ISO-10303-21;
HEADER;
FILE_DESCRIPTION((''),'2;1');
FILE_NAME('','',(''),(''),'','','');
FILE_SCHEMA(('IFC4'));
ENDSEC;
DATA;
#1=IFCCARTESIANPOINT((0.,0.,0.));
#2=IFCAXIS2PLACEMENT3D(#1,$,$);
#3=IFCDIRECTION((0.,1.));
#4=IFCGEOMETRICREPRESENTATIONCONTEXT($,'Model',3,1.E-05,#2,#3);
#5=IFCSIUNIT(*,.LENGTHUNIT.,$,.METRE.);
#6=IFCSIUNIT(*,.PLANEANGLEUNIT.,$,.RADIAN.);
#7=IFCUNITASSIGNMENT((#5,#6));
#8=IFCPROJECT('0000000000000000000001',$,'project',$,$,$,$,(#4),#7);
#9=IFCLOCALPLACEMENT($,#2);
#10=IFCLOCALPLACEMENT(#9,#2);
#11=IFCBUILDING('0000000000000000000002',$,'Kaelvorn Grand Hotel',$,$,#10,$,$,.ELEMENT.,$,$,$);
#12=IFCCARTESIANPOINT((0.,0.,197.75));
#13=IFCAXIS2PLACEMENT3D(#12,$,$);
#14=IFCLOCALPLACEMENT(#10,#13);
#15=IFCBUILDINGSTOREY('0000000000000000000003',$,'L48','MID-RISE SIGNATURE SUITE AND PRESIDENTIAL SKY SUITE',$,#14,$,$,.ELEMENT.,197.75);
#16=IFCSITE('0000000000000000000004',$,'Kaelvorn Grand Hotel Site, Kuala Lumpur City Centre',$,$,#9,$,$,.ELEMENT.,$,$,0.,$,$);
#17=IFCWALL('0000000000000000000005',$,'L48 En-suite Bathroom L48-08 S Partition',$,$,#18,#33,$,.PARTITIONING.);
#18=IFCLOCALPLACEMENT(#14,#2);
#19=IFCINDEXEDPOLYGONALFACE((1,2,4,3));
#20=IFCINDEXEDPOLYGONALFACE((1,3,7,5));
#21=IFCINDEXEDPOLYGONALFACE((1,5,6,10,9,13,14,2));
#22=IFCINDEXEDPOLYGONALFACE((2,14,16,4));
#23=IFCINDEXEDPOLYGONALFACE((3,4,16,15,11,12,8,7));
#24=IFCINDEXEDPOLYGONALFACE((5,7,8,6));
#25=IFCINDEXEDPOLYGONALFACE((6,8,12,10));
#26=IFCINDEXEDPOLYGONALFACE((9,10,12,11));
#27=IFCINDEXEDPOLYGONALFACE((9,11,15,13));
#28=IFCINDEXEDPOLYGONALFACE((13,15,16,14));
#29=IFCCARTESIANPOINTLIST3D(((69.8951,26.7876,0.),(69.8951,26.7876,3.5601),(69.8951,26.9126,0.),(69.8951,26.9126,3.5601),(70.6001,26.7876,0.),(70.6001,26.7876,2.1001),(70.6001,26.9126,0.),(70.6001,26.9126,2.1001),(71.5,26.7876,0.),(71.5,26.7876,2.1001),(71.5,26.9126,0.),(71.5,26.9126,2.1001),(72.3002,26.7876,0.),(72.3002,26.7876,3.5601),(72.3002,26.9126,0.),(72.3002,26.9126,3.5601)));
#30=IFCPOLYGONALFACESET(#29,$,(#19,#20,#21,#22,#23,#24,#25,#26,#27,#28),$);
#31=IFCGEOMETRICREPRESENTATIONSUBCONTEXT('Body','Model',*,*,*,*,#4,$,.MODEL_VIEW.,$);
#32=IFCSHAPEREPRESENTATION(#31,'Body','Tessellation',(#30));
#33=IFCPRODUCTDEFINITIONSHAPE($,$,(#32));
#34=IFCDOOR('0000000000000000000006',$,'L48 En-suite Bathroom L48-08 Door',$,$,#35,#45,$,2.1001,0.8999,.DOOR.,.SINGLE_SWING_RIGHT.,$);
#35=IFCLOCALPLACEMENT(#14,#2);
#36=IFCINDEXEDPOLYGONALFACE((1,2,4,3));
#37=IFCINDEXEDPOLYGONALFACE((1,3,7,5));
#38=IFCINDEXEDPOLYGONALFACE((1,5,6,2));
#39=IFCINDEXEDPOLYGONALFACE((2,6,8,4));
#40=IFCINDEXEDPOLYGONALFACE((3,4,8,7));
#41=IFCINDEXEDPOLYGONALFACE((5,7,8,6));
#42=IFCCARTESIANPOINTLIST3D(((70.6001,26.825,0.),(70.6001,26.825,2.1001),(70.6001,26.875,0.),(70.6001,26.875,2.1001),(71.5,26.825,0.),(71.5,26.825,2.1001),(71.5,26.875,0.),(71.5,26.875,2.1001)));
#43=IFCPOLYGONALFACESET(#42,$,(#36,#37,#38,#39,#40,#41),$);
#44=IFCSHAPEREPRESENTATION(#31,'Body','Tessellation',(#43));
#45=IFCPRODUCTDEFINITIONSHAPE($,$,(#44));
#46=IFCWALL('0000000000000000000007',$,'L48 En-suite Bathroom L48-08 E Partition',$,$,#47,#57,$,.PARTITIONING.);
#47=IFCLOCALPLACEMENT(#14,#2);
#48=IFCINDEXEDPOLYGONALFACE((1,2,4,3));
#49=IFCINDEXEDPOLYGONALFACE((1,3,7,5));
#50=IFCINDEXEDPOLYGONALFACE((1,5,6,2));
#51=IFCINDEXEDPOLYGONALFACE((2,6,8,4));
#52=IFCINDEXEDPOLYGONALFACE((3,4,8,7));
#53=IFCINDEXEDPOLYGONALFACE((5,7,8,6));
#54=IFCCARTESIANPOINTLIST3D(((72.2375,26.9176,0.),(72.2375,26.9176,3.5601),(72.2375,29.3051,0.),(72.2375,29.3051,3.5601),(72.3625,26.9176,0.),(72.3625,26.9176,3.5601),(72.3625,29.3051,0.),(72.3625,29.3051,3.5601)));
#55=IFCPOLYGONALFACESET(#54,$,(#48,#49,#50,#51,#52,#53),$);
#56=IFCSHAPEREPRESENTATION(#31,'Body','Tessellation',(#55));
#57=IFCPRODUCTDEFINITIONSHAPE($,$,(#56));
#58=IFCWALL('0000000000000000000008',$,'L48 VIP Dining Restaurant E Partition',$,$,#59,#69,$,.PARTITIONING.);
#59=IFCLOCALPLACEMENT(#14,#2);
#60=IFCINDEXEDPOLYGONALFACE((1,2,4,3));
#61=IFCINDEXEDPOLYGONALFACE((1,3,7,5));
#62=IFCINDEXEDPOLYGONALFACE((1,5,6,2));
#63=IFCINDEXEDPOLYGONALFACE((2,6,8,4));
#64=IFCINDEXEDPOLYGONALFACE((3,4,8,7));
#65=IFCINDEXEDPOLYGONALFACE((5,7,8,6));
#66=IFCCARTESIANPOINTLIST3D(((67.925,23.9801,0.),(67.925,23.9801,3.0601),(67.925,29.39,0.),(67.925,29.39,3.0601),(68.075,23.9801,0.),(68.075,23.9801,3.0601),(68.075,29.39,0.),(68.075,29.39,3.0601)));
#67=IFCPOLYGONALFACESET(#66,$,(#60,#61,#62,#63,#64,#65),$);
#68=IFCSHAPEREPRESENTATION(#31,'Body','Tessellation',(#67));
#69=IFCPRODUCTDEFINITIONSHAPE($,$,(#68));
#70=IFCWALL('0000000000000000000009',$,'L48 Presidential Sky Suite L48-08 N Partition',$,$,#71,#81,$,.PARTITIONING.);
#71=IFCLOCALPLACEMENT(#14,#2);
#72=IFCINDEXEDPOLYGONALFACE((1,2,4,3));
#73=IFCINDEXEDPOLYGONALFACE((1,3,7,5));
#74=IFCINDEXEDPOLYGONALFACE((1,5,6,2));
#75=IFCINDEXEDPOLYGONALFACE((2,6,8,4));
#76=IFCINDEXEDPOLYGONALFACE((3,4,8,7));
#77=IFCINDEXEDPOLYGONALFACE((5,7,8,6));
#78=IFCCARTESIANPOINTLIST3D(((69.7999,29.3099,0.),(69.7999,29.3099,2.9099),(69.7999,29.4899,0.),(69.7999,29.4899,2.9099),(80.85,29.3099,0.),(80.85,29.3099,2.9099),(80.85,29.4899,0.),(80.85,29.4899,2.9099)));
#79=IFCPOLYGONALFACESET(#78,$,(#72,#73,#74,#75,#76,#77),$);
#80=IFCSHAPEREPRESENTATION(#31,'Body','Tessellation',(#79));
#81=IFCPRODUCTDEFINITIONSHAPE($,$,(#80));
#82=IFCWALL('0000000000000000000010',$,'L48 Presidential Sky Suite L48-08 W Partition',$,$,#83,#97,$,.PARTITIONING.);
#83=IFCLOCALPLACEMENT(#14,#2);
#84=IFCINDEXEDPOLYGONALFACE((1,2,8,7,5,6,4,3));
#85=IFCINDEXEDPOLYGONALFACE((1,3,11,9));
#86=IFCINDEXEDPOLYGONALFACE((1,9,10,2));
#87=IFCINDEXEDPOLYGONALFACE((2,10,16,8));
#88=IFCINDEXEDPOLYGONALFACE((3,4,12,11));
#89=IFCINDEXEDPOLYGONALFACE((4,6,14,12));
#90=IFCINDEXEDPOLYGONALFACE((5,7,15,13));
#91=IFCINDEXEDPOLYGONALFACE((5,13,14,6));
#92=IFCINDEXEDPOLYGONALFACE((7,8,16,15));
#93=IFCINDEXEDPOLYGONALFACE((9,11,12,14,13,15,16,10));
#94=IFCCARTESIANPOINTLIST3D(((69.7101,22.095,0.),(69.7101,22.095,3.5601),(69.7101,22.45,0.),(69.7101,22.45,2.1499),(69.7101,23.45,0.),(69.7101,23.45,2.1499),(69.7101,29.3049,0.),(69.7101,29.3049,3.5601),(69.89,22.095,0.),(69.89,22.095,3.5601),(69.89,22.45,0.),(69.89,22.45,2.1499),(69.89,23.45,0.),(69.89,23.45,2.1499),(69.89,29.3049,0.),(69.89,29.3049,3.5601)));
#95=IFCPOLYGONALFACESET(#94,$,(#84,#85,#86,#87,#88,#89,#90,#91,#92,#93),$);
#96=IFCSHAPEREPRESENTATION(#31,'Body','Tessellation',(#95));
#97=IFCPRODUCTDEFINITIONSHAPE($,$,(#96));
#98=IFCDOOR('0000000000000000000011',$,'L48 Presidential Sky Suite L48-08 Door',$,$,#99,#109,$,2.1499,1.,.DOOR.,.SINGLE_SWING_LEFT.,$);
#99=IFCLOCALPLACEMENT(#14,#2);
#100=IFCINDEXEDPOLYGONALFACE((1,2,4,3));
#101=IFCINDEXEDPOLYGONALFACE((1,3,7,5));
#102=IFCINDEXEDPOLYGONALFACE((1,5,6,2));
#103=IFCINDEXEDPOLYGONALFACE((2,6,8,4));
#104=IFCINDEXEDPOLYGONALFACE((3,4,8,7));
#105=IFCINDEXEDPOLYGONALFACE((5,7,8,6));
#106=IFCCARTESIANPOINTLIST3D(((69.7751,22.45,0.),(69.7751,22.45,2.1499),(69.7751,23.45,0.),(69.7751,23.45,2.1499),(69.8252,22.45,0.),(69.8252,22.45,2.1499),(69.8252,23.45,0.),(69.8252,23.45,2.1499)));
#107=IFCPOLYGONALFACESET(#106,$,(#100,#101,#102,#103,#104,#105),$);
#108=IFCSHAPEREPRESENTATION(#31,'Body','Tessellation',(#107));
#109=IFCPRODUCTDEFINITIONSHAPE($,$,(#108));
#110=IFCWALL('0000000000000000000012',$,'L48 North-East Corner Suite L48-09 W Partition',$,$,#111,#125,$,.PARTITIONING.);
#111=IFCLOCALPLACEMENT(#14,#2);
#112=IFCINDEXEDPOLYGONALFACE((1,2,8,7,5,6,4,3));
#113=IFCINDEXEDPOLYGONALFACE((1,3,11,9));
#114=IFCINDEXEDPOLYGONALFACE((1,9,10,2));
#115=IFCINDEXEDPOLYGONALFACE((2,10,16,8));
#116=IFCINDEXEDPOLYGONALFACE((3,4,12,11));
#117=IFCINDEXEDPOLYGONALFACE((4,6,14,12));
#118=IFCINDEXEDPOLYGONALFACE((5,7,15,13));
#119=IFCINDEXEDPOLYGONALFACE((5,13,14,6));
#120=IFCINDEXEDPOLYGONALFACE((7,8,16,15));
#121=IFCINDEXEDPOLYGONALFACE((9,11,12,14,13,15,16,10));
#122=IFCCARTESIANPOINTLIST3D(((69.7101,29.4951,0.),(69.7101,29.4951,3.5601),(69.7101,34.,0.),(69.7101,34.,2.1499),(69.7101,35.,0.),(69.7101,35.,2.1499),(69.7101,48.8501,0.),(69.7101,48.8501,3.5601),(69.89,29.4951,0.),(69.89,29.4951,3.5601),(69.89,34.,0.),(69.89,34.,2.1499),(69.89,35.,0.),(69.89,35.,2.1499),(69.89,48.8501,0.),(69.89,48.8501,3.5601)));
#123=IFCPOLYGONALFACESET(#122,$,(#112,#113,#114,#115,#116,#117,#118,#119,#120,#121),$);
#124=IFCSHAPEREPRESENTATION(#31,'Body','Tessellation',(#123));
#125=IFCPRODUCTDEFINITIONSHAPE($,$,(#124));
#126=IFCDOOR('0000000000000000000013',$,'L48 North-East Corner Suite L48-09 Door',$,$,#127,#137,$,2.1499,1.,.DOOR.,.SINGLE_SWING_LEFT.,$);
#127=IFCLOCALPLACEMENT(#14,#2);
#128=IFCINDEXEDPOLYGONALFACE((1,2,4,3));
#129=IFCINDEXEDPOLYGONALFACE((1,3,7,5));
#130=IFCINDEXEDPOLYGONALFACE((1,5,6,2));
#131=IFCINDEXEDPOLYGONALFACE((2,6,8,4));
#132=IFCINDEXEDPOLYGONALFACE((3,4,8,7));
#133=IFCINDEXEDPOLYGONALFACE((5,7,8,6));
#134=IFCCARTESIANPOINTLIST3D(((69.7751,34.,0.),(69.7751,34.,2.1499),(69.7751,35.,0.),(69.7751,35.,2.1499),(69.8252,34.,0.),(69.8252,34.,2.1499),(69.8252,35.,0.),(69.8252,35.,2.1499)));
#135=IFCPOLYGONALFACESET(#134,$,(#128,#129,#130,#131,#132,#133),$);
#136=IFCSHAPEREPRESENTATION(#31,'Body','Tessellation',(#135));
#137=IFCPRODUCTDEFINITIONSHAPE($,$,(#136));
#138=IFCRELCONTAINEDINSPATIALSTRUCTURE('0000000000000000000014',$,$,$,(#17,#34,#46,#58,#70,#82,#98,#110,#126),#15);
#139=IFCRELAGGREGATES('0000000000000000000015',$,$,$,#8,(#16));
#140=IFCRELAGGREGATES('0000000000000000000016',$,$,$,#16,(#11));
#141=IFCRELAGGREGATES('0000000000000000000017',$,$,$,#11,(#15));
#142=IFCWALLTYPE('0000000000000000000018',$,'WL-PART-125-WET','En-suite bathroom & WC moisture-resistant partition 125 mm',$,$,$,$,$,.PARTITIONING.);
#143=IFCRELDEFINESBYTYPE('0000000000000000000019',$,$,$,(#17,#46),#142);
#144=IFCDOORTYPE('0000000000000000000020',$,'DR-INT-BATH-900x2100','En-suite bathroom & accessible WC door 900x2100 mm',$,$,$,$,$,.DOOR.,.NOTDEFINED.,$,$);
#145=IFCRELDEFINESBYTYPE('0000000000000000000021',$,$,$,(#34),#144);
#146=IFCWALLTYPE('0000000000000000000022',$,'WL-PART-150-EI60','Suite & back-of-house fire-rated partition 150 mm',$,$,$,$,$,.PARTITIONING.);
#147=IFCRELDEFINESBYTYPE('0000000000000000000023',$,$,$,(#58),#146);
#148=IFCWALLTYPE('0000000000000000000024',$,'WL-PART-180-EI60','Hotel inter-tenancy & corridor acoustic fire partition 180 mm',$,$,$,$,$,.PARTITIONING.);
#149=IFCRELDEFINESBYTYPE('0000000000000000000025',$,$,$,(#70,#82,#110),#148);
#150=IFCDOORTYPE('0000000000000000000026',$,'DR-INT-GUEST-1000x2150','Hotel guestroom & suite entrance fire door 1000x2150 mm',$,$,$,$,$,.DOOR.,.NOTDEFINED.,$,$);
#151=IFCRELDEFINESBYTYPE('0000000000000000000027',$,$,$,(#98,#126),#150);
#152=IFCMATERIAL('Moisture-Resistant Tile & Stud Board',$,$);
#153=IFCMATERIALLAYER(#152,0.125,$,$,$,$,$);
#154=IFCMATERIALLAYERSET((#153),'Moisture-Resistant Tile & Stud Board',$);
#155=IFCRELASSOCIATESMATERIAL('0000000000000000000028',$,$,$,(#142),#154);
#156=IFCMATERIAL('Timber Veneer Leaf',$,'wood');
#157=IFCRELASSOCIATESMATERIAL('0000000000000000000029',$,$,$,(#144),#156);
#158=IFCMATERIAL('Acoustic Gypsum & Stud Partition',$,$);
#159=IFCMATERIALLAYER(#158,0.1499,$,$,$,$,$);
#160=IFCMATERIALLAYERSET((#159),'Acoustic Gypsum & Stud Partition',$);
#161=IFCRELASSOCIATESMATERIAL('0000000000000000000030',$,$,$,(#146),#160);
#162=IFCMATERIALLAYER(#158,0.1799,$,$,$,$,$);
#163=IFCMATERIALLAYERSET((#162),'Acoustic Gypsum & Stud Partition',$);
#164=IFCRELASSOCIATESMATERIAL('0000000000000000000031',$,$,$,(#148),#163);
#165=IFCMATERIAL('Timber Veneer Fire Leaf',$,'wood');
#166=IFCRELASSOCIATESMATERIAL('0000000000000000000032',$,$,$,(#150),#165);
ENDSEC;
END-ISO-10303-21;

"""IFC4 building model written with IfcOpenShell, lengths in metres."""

from ifc_helpers import new_model, si_unit, direction, frame, frame_2d, origin, place, context, subcontext, project, spatial, rectangle, extrude, material, layer, layer_set, type_object, element, fill, save


model = new_model("IFC4")

# Units and contexts
model_context = context("Model", 3, precision=1e-05, world=origin(), true_north=direction((0.0, 1.0)))
body_context = subcontext(model_context, "Body", "Model", "MODEL_VIEW")
ifc_project = project(units=[si_unit("LENGTHUNIT", "METRE"), si_unit("PLANEANGLEUNIT", "RADIAN")], contexts=[model_context])

# Site, building, storey
site_placement = place(None, origin())
site = spatial("IfcSite", under=ifc_project, at=site_placement, Name="Kaelvorn Grand Hotel Site, Kuala Lumpur City Centre", CompositionType="ELEMENT", RefElevation=0.0)
building_placement = place(site_placement, origin())
building = spatial("IfcBuilding", under=site, at=building_placement, Name="Kaelvorn Grand Hotel", CompositionType="ELEMENT")
storey_placement = place(building_placement, frame((0.0, 0.0, 197.75)))
storey = spatial("IfcBuildingStorey", under=building, at=storey_placement, Name="L48", Description="MID-RISE SIGNATURE SUITE AND PRESIDENTIAL SKY SUITE", CompositionType="ELEMENT", Elevation=197.75)

# Shared definitions
ifc_material_1 = material(Name="Moisture-Resistant Tile & Stud Board")
ifc_layer_1 = layer(ifc_material_1, 0.125)
ifc_layer_set_1 = layer_set([ifc_layer_1], Name="Moisture-Resistant Tile & Stud Board")
wall_type_1 = type_object("IfcWallType", Name="WL-PART-125-WET", Description="En-suite bathroom & WC moisture-resistant partition 125 mm", PredefinedType="PARTITIONING", material=ifc_layer_set_1)

# Wall, opening, door
wall_1_placement = place(storey_placement, frame((69.895, 26.8501, 0.0), z_axis=(0.0, 0.0, 1.0), x_axis=(1.0, 0.0, 0.0)))
wall_1 = element("IfcWall", 1, at=wall_1_placement, inside=storey, type_object=wall_type_1, Name="L48 En-suite Bathroom L48-08 S Partition", PredefinedType="PARTITIONING", context=body_context, shape_type="SweptSolid", body=[
    extrude(rectangle(XDim=2.405, YDim=0.125, at=frame_2d((1.2026, 0.0))), origin(), (0.0, 0.0, 1.0), 3.5601),
])
opening_1_placement = place(wall_1_placement, frame((0.7051, 0.0, 0.0)))
opening_1 = element("IfcOpeningElement", 2, at=opening_1_placement, cuts=wall_1, PredefinedType="OPENING", context=body_context, shape_type="SweptSolid", body=[
    extrude(rectangle(XDim=0.8999, YDim=2.1001, at=frame_2d((0.45, 1.05))), frame((0.0, 0.0725, 0.0), z_axis=(0.0, -1.0, 0.0), x_axis=(1.0, 0.0, 0.0)), (0.0, 0.0, 1.0), 0.145),
])
ifc_material_2 = material(Name="Timber Veneer Leaf", Category="wood")
door_type_1 = type_object("IfcDoorType", Name="DR-INT-BATH-900x2100", Description="En-suite bathroom & accessible WC door 900x2100 mm", OperationType="NOTDEFINED", PredefinedType="DOOR", material=ifc_material_2)
door_1_placement = place(opening_1_placement, origin())
door_1 = element("IfcDoor", 3, at=door_1_placement, inside=storey, type_object=door_type_1, Name="L48 En-suite Bathroom L48-08 Door", OperationType="SINGLE_SWING_RIGHT", OverallHeight=2.1001, OverallWidth=0.8999, PredefinedType="DOOR", context=body_context, shape_type="SweptSolid", body=[
    extrude(rectangle(XDim=0.8999, YDim=2.1001, at=frame_2d((0.45, 1.05))), frame((0.0, 0.0249, 0.0), z_axis=(0.0, -1.0, 0.0), x_axis=(1.0, 0.0, 0.0)), (0.0, 0.0, 1.0), 0.05),
])
fill(opening_1, door_1)

# Walls
wall_2_placement = place(storey_placement, frame((72.3, 26.9175, 0.0), z_axis=(0.0, 0.0, 1.0), x_axis=(0.0, 1.0, 0.0)))
element("IfcWall", 4, at=wall_2_placement, inside=storey, type_object=wall_type_1, Name="L48 En-suite Bathroom L48-08 E Partition", PredefinedType="PARTITIONING", context=body_context, shape_type="SweptSolid", body=[
    extrude(rectangle(XDim=2.3875, YDim=0.125, at=frame_2d((1.1938, 0.0))), origin(), (0.0, 0.0, 1.0), 3.5601),
])
ifc_material_3 = material(Name="Acoustic Gypsum & Stud Partition")
ifc_layer_2 = layer(ifc_material_3, 0.1499)
ifc_layer_set_2 = layer_set([ifc_layer_2], Name="Acoustic Gypsum & Stud Partition")
wall_type_2 = type_object("IfcWallType", Name="WL-PART-150-EI60", Description="Suite & back-of-house fire-rated partition 150 mm", PredefinedType="PARTITIONING", material=ifc_layer_set_2)
wall_3_placement = place(storey_placement, frame((68.0, 23.98, 0.0), z_axis=(0.0, 0.0, 1.0), x_axis=(0.0, 1.0, 0.0)))
element("IfcWall", 5, at=wall_3_placement, inside=storey, type_object=wall_type_2, Name="L48 VIP Dining Restaurant E Partition", PredefinedType="PARTITIONING", context=body_context, shape_type="SweptSolid", body=[
    extrude(rectangle(XDim=5.4099, YDim=0.1499, at=frame_2d((2.7051, 0.0))), origin(), (0.0, 0.0, 1.0), 3.0601),
])
ifc_layer_3 = layer(ifc_material_3, 0.1799)
ifc_layer_set_3 = layer_set([ifc_layer_3], Name="Acoustic Gypsum & Stud Partition")
wall_type_3 = type_object("IfcWallType", Name="WL-PART-180-EI60", Description="Hotel inter-tenancy & corridor acoustic fire partition 180 mm", PredefinedType="PARTITIONING", material=ifc_layer_set_3)
wall_4_placement = place(storey_placement, frame((69.8, 29.3999, 0.0), z_axis=(0.0, 0.0, 1.0), x_axis=(1.0, 0.0, 0.0)))
element("IfcWall", 6, at=wall_4_placement, inside=storey, type_object=wall_type_3, Name="L48 Presidential Sky Suite L48-08 N Partition", PredefinedType="PARTITIONING", context=body_context, shape_type="SweptSolid", body=[
    extrude(rectangle(XDim=11.05, YDim=0.1799, at=frame_2d((5.5249, 0.0))), origin(), (0.0, 0.0, 1.0), 2.9099),
])

# Walls, openings, doors
wall_5_placement = place(storey_placement, frame((69.8, 22.095, 0.0), z_axis=(0.0, 0.0, 1.0), x_axis=(0.0, 1.0, 0.0)))
wall_5 = element("IfcWall", 7, at=wall_5_placement, inside=storey, type_object=wall_type_3, Name="L48 Presidential Sky Suite L48-08 W Partition", PredefinedType="PARTITIONING", context=body_context, shape_type="SweptSolid", body=[
    extrude(rectangle(XDim=7.21, YDim=0.1799, at=frame_2d((3.605, 0.0))), origin(), (0.0, 0.0, 1.0), 3.5601),
])
opening_2_placement = place(wall_5_placement, frame((0.355, 0.0, 0.0)))
opening_2 = element("IfcOpeningElement", 8, at=opening_2_placement, cuts=wall_5, PredefinedType="OPENING", context=body_context, shape_type="SweptSolid", body=[
    extrude(rectangle(XDim=1.0, YDim=2.1499, at=frame_2d((0.5, 1.075))), frame((0.0, 0.1001, 0.0), z_axis=(0.0, -1.0, 0.0), x_axis=(1.0, 0.0, 0.0)), (0.0, 0.0, 1.0), 0.2),
])
ifc_material_4 = material(Name="Timber Veneer Fire Leaf", Category="wood")
door_type_2 = type_object("IfcDoorType", Name="DR-INT-GUEST-1000x2150", Description="Hotel guestroom & suite entrance fire door 1000x2150 mm", OperationType="NOTDEFINED", PredefinedType="DOOR", material=ifc_material_4)
door_2_placement = place(opening_2_placement, origin())
door_2 = element("IfcDoor", 9, at=door_2_placement, inside=storey, type_object=door_type_2, Name="L48 Presidential Sky Suite L48-08 Door", OperationType="SINGLE_SWING_LEFT", OverallHeight=2.1499, OverallWidth=1.0, PredefinedType="DOOR", context=body_context, shape_type="SweptSolid", body=[
    extrude(rectangle(XDim=1.0, YDim=2.1499, at=frame_2d((0.5, 1.075))), frame((0.0, 0.0249, 0.0), z_axis=(0.0, -1.0, 0.0), x_axis=(1.0, 0.0, 0.0)), (0.0, 0.0, 1.0), 0.05),
])
fill(opening_2, door_2)
wall_6_placement = place(storey_placement, frame((69.8, 29.4951, 0.0), z_axis=(0.0, 0.0, 1.0), x_axis=(0.0, 1.0, 0.0)))
wall_6 = element("IfcWall", 10, at=wall_6_placement, inside=storey, type_object=wall_type_3, Name="L48 North-East Corner Suite L48-09 W Partition", PredefinedType="PARTITIONING", context=body_context, shape_type="SweptSolid", body=[
    extrude(rectangle(XDim=19.355, YDim=0.1799, at=frame_2d((9.6775, 0.0))), origin(), (0.0, 0.0, 1.0), 3.5601),
])
opening_3_placement = place(wall_6_placement, frame((4.5049, 0.0, 0.0)))
opening_3 = element("IfcOpeningElement", 11, at=opening_3_placement, cuts=wall_6, PredefinedType="OPENING", context=body_context, shape_type="SweptSolid", body=[
    extrude(rectangle(XDim=1.0, YDim=2.1499, at=frame_2d((0.5, 1.075))), frame((0.0, 0.1001, 0.0), z_axis=(0.0, -1.0, 0.0), x_axis=(1.0, 0.0, 0.0)), (0.0, 0.0, 1.0), 0.2),
])
door_3_placement = place(opening_3_placement, origin())
door_3 = element("IfcDoor", 12, at=door_3_placement, inside=storey, type_object=door_type_2, Name="L48 North-East Corner Suite L48-09 Door", OperationType="SINGLE_SWING_LEFT", OverallHeight=2.1499, OverallWidth=1.0, PredefinedType="DOOR", context=body_context, shape_type="SweptSolid", body=[
    extrude(rectangle(XDim=1.0, YDim=2.1499, at=frame_2d((0.5, 1.075))), frame((0.0, 0.0249, 0.0), z_axis=(0.0, -1.0, 0.0), x_axis=(1.0, 0.0, 0.0)), (0.0, 0.0, 1.0), 0.05),
])
fill(opening_3, door_3)

save(model, "model.ifc")
